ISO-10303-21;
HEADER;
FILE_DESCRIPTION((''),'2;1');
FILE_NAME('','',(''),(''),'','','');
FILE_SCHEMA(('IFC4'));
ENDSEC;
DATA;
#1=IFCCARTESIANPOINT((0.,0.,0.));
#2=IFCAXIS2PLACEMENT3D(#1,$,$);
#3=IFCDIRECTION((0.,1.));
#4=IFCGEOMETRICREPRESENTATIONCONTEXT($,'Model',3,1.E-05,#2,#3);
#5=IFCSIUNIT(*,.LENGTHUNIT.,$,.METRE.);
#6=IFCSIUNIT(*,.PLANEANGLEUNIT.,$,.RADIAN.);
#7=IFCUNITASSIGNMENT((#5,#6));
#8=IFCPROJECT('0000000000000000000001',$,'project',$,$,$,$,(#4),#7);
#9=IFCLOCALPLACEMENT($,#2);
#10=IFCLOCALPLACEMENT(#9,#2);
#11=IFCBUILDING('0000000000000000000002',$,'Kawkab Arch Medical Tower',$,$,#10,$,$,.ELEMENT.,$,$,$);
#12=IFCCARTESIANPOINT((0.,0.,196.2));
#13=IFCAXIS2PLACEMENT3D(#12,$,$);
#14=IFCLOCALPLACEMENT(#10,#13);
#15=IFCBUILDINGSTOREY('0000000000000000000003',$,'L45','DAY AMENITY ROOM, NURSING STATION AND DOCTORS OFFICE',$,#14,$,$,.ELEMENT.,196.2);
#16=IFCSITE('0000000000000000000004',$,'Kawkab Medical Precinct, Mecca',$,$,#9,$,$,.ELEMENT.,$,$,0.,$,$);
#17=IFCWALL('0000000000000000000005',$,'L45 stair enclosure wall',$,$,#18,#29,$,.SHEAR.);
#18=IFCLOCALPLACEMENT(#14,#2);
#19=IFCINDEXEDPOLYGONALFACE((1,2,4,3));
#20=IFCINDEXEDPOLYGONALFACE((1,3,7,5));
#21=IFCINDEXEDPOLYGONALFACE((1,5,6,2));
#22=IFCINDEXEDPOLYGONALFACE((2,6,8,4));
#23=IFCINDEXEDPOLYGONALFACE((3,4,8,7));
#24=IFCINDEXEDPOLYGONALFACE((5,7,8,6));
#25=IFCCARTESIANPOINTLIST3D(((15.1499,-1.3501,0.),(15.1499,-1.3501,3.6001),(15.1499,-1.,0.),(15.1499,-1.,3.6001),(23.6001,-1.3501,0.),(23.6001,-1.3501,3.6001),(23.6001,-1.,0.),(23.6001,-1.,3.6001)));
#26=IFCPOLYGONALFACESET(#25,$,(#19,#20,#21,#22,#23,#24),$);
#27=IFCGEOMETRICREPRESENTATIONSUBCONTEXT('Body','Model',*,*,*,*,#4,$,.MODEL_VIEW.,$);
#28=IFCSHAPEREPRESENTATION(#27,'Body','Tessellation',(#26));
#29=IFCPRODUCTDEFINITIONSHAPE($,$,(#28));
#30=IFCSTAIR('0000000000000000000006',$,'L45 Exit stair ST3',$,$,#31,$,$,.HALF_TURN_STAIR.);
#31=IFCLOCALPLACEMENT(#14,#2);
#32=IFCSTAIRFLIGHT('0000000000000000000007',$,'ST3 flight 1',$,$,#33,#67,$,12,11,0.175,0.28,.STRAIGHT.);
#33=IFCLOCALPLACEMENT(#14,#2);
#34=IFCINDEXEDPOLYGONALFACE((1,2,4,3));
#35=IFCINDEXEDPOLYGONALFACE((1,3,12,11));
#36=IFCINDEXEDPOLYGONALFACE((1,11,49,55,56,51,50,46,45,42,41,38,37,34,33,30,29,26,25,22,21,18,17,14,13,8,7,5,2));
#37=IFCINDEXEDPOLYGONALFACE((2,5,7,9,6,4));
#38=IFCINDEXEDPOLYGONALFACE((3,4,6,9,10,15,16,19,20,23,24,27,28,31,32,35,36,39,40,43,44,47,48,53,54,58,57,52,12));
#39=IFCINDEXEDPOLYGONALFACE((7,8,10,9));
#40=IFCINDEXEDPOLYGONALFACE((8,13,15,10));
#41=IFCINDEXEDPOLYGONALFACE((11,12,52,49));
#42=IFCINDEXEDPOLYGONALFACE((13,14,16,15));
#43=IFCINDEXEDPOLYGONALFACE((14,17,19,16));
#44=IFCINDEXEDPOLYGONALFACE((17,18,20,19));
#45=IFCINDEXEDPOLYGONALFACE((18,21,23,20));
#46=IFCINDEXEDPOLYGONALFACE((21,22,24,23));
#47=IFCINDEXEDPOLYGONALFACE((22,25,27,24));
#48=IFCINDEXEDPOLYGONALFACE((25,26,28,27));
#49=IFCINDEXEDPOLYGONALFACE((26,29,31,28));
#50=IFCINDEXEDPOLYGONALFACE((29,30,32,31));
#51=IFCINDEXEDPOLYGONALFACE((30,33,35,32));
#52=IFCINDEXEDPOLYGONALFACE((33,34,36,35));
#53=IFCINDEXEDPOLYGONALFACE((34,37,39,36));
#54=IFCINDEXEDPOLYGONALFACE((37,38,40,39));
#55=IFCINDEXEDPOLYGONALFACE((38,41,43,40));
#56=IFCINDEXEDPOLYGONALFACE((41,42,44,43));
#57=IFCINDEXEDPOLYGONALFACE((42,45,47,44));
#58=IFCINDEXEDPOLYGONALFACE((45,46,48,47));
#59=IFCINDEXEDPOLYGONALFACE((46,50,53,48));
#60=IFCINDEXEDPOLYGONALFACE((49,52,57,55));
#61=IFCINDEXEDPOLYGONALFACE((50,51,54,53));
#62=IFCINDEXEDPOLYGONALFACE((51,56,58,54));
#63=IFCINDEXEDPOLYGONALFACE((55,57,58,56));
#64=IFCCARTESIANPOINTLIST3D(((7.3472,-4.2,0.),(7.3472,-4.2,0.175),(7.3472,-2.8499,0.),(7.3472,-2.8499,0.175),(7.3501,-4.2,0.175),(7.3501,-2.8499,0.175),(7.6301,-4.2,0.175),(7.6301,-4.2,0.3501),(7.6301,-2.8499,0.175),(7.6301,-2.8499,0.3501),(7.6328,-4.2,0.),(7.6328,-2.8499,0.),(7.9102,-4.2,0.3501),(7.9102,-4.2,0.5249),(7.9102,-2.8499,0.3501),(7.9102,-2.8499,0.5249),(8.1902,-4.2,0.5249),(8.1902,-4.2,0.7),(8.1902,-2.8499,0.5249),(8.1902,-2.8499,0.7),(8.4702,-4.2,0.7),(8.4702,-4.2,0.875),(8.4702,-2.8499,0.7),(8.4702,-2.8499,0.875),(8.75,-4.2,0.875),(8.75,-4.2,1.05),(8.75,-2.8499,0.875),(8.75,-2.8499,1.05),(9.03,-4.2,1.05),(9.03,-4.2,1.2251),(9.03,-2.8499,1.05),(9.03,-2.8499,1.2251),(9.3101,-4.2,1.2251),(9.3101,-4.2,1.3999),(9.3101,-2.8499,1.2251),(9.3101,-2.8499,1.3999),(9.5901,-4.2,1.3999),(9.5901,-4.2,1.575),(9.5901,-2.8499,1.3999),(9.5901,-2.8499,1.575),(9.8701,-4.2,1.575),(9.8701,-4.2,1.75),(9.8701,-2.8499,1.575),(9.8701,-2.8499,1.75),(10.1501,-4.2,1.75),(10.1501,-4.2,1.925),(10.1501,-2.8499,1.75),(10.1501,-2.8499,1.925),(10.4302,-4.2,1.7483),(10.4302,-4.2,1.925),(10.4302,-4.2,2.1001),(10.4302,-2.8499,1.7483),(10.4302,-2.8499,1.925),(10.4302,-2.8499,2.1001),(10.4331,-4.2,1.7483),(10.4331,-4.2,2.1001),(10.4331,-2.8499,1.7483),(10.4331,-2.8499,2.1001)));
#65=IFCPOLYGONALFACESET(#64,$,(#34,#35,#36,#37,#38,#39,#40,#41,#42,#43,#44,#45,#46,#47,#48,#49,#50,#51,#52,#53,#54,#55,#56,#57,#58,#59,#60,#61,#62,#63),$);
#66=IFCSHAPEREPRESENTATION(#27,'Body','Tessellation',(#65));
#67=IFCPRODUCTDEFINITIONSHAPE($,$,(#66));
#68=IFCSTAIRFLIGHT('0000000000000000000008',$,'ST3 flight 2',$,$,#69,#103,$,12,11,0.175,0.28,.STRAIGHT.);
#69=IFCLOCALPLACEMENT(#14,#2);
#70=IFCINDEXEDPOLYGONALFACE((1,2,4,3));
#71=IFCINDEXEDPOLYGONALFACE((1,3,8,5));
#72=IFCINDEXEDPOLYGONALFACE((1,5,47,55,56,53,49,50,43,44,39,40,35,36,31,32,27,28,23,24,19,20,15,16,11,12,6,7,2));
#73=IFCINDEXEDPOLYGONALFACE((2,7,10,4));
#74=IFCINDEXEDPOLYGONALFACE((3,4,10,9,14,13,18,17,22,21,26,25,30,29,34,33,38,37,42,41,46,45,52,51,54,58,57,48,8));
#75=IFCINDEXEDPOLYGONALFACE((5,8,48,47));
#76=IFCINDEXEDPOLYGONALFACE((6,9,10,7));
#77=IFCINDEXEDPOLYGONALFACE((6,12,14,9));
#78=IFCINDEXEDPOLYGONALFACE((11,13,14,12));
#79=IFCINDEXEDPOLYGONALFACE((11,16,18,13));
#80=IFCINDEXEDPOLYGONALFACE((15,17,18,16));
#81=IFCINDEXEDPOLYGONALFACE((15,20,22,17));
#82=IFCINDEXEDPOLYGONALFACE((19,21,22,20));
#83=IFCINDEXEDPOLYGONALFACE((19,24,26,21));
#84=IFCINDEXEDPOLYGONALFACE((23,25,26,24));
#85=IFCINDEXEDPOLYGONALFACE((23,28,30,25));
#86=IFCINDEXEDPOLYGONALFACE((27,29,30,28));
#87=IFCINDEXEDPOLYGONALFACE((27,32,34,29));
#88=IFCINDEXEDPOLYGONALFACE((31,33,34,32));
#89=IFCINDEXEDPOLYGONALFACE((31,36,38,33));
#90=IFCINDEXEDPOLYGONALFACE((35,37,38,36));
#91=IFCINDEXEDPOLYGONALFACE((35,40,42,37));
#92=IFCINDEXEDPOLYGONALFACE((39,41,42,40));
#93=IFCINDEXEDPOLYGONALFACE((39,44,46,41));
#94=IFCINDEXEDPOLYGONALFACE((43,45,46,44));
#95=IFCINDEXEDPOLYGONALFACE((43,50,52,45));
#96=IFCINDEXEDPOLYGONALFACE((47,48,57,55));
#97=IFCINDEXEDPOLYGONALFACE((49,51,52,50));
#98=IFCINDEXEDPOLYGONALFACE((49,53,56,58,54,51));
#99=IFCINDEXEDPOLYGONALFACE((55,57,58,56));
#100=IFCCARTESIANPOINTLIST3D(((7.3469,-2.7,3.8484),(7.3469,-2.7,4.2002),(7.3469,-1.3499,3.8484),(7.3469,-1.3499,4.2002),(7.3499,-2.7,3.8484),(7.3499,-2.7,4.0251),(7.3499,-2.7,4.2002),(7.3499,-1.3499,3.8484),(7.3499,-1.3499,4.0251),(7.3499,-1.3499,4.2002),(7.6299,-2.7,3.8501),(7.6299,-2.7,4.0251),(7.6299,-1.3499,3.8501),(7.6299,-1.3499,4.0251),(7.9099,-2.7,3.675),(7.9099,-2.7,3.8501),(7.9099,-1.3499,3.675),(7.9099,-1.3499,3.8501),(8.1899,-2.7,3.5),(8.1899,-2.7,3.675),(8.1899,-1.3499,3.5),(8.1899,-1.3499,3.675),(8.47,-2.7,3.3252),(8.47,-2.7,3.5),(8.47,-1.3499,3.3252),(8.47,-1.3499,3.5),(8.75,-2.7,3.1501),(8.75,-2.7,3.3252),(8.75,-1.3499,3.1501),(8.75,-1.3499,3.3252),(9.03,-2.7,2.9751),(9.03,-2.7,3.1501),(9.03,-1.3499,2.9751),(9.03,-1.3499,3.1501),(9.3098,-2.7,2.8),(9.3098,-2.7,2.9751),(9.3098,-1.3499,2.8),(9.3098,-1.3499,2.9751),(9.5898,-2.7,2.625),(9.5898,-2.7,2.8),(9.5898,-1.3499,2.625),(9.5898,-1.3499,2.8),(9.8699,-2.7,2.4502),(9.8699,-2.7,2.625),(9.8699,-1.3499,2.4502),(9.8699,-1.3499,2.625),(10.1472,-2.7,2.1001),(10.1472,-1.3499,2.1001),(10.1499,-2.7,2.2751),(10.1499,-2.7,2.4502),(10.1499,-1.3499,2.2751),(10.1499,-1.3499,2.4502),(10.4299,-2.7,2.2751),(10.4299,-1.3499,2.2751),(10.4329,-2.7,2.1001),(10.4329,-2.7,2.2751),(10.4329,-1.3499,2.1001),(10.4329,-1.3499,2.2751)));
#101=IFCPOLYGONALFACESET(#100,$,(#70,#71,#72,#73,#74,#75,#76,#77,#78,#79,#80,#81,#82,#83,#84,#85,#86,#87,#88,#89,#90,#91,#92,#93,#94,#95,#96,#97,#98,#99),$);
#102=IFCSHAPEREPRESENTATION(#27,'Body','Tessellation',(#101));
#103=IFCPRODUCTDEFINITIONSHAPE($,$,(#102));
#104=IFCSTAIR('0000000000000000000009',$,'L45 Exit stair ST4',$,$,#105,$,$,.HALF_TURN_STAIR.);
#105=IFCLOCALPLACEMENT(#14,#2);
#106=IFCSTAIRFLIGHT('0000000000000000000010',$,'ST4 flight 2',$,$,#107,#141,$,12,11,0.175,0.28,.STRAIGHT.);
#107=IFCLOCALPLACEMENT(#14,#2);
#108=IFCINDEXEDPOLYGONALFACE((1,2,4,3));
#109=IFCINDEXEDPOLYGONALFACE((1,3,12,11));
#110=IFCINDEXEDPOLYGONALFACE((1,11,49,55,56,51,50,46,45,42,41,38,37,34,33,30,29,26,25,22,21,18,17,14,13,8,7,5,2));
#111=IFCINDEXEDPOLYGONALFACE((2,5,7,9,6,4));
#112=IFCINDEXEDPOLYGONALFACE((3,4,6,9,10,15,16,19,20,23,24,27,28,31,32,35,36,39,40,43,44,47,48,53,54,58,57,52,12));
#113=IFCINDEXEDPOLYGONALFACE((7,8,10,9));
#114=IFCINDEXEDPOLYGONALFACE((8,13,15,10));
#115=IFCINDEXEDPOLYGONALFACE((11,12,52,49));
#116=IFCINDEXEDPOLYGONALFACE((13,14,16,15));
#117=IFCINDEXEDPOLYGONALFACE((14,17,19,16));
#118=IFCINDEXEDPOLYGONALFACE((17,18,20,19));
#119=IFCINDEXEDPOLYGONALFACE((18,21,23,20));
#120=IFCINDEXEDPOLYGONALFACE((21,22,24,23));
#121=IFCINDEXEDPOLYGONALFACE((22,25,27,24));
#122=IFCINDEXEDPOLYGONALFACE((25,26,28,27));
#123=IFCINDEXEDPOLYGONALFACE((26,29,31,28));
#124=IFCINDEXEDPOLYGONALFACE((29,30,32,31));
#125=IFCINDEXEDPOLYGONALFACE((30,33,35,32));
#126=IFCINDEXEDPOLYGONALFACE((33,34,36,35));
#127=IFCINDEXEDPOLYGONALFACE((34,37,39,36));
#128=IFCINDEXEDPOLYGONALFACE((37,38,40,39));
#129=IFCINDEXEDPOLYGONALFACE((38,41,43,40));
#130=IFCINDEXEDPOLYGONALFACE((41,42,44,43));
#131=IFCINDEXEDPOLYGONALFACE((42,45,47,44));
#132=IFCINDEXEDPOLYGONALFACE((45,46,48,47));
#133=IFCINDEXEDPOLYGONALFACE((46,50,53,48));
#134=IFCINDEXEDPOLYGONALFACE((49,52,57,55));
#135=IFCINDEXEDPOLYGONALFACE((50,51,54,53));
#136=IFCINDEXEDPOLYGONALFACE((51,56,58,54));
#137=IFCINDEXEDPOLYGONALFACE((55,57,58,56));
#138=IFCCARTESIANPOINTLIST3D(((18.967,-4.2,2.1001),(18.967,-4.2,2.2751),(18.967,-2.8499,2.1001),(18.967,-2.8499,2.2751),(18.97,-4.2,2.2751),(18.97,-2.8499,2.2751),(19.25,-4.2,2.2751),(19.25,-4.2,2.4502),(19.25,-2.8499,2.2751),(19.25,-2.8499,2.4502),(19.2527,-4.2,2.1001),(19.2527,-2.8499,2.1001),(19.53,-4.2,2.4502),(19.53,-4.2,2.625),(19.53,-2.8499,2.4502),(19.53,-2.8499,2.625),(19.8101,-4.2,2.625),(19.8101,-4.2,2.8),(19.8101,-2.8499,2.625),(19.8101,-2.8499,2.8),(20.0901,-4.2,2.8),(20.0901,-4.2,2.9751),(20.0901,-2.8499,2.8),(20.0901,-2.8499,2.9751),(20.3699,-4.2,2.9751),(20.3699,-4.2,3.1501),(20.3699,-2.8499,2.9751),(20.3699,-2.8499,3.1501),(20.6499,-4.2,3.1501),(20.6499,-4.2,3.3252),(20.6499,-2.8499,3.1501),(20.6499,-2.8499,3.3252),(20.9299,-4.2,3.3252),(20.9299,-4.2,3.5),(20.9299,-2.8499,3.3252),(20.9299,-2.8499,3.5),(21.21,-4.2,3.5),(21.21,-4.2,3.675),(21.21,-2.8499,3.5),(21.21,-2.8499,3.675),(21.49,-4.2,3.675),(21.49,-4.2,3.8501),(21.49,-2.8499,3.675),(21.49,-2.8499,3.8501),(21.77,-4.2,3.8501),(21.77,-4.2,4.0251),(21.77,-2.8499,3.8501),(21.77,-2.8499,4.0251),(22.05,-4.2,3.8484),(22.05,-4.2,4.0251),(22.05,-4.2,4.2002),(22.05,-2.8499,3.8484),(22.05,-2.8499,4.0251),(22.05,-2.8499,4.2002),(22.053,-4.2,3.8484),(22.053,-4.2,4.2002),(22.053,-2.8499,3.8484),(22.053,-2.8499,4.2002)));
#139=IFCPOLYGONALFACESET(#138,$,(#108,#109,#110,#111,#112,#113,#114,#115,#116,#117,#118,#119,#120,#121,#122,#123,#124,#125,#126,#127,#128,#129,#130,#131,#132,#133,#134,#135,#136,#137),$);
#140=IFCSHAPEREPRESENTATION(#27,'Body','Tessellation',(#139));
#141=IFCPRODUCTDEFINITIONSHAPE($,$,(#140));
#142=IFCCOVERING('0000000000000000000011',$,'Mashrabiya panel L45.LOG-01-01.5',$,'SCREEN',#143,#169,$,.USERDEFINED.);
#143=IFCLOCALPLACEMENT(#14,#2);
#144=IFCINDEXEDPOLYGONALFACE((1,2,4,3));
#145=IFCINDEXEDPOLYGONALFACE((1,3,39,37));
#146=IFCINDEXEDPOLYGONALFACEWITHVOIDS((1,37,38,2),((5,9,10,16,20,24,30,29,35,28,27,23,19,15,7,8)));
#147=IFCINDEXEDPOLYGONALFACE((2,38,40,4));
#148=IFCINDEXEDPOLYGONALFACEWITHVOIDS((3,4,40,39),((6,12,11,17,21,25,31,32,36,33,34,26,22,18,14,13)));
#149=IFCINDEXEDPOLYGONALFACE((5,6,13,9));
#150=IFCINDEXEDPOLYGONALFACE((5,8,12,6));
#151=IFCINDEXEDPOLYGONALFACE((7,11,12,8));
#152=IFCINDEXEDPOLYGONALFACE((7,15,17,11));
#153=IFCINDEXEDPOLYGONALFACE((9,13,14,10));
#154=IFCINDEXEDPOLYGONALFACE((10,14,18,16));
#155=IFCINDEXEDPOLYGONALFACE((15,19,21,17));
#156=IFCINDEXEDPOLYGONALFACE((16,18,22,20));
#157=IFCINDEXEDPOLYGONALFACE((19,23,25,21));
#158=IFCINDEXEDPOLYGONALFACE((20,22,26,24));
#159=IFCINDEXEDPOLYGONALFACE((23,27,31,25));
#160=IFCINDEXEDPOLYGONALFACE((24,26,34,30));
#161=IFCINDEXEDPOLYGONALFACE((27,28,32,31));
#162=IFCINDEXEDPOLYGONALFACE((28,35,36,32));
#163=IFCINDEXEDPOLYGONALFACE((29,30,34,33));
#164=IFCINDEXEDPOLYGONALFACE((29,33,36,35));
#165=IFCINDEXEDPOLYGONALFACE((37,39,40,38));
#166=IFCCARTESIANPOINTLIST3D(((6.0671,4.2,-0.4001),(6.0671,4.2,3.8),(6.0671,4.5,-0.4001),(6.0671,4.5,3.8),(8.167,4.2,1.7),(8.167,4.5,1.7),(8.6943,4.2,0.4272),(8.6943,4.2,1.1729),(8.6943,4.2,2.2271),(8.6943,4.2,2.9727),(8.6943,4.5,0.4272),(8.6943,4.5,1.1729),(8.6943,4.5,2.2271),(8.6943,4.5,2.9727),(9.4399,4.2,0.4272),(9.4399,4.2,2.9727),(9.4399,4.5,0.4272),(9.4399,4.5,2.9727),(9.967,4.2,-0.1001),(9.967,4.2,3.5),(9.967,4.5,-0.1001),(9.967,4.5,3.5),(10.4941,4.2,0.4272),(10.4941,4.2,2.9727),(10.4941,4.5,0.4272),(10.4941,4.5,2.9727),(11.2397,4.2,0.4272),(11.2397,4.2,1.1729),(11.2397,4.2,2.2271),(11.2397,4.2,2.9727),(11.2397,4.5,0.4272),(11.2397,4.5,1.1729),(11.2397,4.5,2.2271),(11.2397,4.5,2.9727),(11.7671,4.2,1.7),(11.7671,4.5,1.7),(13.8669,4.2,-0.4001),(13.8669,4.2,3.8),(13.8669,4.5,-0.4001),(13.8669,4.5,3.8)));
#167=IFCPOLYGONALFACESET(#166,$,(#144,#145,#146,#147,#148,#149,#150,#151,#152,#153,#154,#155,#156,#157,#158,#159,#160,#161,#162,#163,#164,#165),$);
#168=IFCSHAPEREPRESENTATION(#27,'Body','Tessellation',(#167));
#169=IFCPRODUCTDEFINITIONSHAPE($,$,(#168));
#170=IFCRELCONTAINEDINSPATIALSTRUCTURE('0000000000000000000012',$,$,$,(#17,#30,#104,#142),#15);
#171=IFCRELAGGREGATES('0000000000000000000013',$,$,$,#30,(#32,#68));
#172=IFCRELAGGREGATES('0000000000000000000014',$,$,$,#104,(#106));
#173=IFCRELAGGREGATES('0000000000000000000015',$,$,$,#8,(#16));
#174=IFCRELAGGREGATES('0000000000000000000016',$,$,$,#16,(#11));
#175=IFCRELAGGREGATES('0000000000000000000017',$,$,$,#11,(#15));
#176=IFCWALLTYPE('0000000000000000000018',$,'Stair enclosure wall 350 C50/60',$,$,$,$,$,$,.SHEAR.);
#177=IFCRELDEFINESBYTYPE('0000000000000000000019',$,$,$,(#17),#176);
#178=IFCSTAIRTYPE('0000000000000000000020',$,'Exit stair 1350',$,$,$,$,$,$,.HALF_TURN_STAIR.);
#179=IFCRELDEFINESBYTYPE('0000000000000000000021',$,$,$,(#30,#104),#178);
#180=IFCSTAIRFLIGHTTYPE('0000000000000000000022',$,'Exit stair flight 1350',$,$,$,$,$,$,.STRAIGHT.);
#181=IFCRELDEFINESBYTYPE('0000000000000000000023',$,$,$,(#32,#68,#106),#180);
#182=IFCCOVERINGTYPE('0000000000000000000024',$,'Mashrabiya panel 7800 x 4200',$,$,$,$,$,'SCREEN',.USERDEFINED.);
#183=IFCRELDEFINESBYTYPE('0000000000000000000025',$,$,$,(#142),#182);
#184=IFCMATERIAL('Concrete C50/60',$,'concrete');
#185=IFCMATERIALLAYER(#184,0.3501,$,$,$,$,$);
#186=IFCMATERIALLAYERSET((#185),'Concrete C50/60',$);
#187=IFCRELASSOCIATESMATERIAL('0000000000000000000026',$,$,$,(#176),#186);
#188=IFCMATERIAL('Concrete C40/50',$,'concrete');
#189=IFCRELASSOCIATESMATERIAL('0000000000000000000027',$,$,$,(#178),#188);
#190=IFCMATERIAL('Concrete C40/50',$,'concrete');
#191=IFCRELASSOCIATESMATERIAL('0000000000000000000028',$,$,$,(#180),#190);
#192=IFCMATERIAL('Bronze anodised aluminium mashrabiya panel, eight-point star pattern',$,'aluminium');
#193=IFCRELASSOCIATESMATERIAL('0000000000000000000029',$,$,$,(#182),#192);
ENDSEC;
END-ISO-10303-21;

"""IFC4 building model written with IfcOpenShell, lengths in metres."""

from ifc_helpers import new_model, si_unit, direction, frame, frame_2d, origin, place, context, subcontext, project, spatial, polyline, rectangle, outline, extrude, material, layer, layer_set, material_profile, profile_set, type_object, element, aggregate, save


model = new_model("IFC4")

# Units and contexts
model_context = context("Model", 3, precision=1e-05, world=origin(), true_north=direction((0.0, 1.0)))
body_context = subcontext(model_context, "Body", "Model", "MODEL_VIEW")
ifc_project = project(units=[si_unit("LENGTHUNIT", "METRE"), si_unit("PLANEANGLEUNIT", "RADIAN")], contexts=[model_context])

# Site, building, storey
site_placement = place(None, origin())
site = spatial("IfcSite", under=ifc_project, at=site_placement, Name="Kawkab Medical Precinct, Mecca", CompositionType="ELEMENT", RefElevation=0.0)
building_placement = place(site_placement, origin())
building = spatial("IfcBuilding", under=site, at=building_placement, Name="Kawkab Arch Medical Tower", CompositionType="ELEMENT")
storey_placement = place(building_placement, frame((0.0, 0.0, 196.2)))
storey = spatial("IfcBuildingStorey", under=building, at=storey_placement, Name="L45", Description="DAY AMENITY ROOM, NURSING STATION AND DOCTORS OFFICE", CompositionType="ELEMENT", Elevation=196.2)

# Shared definitions
placement = place(storey_placement, origin())

# Wall
ifc_material_1 = material(Name="Concrete C50/60", Category="concrete")
ifc_layer_1 = layer(ifc_material_1, 0.3501)
ifc_layer_set_1 = layer_set([ifc_layer_1], Name="Concrete C50/60")
wall_type_1 = type_object("IfcWallType", Name="Stair enclosure wall 350 C50/60", PredefinedType="SHEAR", material=ifc_layer_set_1)
wall_placement = place(storey_placement, frame((15.1499, -1.175, 0.0), z_axis=(0.0, 0.0, 1.0), x_axis=(1.0, 0.0, 0.0)))
element("IfcWall", 1, at=wall_placement, inside=storey, type_object=wall_type_1, Name="L45 stair enclosure wall", PredefinedType="SHEAR", context=body_context, shape_type="SweptSolid", body=[
    extrude(rectangle(XDim=8.4502, YDim=0.3501, at=frame_2d((4.2251, 0.0))), origin(), (0.0, 0.0, 1.0), 3.6001),
])

# Stair, stair flights
ifc_material_2 = material(Name="Concrete C40/50", Category="concrete")
stair_type = type_object("IfcStairType", Name="Exit stair 1350", PredefinedType="HALF_TURN_STAIR", material=ifc_material_2)
stair_1 = element("IfcStair", 2, at=placement, inside=storey, type_object=stair_type, Name="L45 Exit stair ST3", PredefinedType="HALF_TURN_STAIR")
ifc_material_3 = material(Name="Concrete C40/50", Category="concrete")
stair_flight_type = type_object("IfcStairFlightType", Name="Exit stair flight 1350", PredefinedType="STRAIGHT", material=ifc_material_3)
stair_flight_1_placement = place(storey_placement, frame((7.3501, -3.5249, 0.0), z_axis=(0.0, 0.0, 1.0), x_axis=(1.0, 0.0, 0.0)))
stair_flight_1 = element("IfcStairFlight", 3, at=stair_flight_1_placement, type_object=stair_flight_type, Name="ST3 flight 1", NumberOfRisers=12, NumberOfTreads=11, PredefinedType="STRAIGHT", RiserHeight=0.175, TreadLength=0.28, context=body_context, shape_type="SweptSolid", body=[
    extrude(outline(polyline([(-0.0029, 0.0), (-0.0029, 0.175), (0.0, 0.175), (0.28, 0.175), (0.28, 0.3501), (0.5601, 0.3501), (0.5601, 0.5249), (0.8401, 0.5249), (0.8401, 0.7), (1.1201, 0.7), (1.1201, 0.875), (1.3999, 0.875), (1.3999, 1.05), (1.6799, 1.05), (1.6799, 1.2251), (1.96, 1.2251), (1.96, 1.3999), (2.24, 1.3999), (2.24, 1.575), (2.52, 1.575), (2.52, 1.75), (2.8, 1.75), (2.8, 1.925), (3.0801, 1.925), (3.0801, 2.1001), (3.083, 2.1001), (3.083, 1.7483), (3.0801, 1.7483), (0.2827, 0.0), (-0.0029, 0.0)])), frame((0.0, 0.675, 0.0), z_axis=(0.0, -1.0, 0.0), x_axis=(1.0, 0.0, 0.0)), (0.0, 0.0, 1.0), 1.3501),
])
stair_flight_2_placement = place(storey_placement, frame((10.4299, -2.0249, 2.1001), z_axis=(0.0, 0.0, 1.0), x_axis=(-1.0, 0.0, 0.0)))
stair_flight_2 = element("IfcStairFlight", 4, at=stair_flight_2_placement, type_object=stair_flight_type, Name="ST3 flight 2", NumberOfRisers=12, NumberOfTreads=11, PredefinedType="STRAIGHT", RiserHeight=0.175, TreadLength=0.28, context=body_context, shape_type="SweptSolid", body=[
    extrude(outline(polyline([(-0.0029, 0.0), (-0.0029, 0.175), (0.0, 0.175), (0.28, 0.175), (0.28, 0.3501), (0.5601, 0.3501), (0.5601, 0.5249), (0.8401, 0.5249), (0.8401, 0.7), (1.1201, 0.7), (1.1201, 0.875), (1.3999, 0.875), (1.3999, 1.05), (1.6799, 1.05), (1.6799, 1.2251), (1.96, 1.2251), (1.96, 1.3999), (2.24, 1.3999), (2.24, 1.575), (2.52, 1.575), (2.52, 1.75), (2.8, 1.75), (2.8, 1.925), (3.0801, 1.925), (3.0801, 2.1001), (3.083, 2.1001), (3.083, 1.7483), (3.0801, 1.7483), (0.2827, 0.0), (-0.0029, 0.0)])), frame((0.0, 0.675, 0.0), z_axis=(0.0, -1.0, 0.0), x_axis=(1.0, 0.0, 0.0)), (0.0, 0.0, 1.0), 1.3501),
])
aggregate(stair_1, [stair_flight_1, stair_flight_2])

# Stair, stair flight
stair_2 = element("IfcStair", 5, at=placement, inside=storey, type_object=stair_type, Name="L45 Exit stair ST4", PredefinedType="HALF_TURN_STAIR")
stair_flight_3_placement = place(storey_placement, frame((18.97, -3.5249, 2.1001), z_axis=(0.0, 0.0, 1.0), x_axis=(1.0, 0.0, 0.0)))
stair_flight_3 = element("IfcStairFlight", 6, at=stair_flight_3_placement, type_object=stair_flight_type, Name="ST4 flight 2", NumberOfRisers=12, NumberOfTreads=11, PredefinedType="STRAIGHT", RiserHeight=0.175, TreadLength=0.28, context=body_context, shape_type="SweptSolid", body=[
    extrude(outline(polyline([(-0.0029, 0.0), (-0.0029, 0.175), (0.0, 0.175), (0.28, 0.175), (0.28, 0.3501), (0.5601, 0.3501), (0.5601, 0.5249), (0.8401, 0.5249), (0.8401, 0.7), (1.1201, 0.7), (1.1201, 0.875), (1.3999, 0.875), (1.3999, 1.05), (1.6799, 1.05), (1.6799, 1.2251), (1.96, 1.2251), (1.96, 1.3999), (2.24, 1.3999), (2.24, 1.575), (2.52, 1.575), (2.52, 1.75), (2.8, 1.75), (2.8, 1.925), (3.0801, 1.925), (3.0801, 2.1001), (3.083, 2.1001), (3.083, 1.7483), (3.0801, 1.7483), (0.2827, 0.0), (-0.0029, 0.0)])), frame((0.0, 0.675, 0.0), z_axis=(0.0, -1.0, 0.0), x_axis=(1.0, 0.0, 0.0)), (0.0, 0.0, 1.0), 1.3501),
])
aggregate(stair_2, [stair_flight_3])

# Covering
ifc_material_4 = material(Name="Bronze anodised aluminium mashrabiya panel, eight-point star pattern", Category="aluminium")
ifc_material_profile_1 = material_profile(ifc_material_4, outline(polyline([(-3.8999, -2.1001), (3.8999, -2.1001), (3.8999, 2.1001), (-3.8999, 2.1001), (-3.8999, -2.1001)]), holes=[polyline([(1.8, 0.0), (1.2727, 0.5271), (1.2727, 1.2727), (0.5271, 1.2727), (0.0, 1.8), (-0.5271, 1.2727), (-1.2727, 1.2727), (-1.2727, 0.5271), (-1.8, 0.0), (-1.2727, -0.5271), (-1.2727, -1.2727), (-0.5271, -1.2727), (0.0, -1.8), (0.5271, -1.2727), (1.2727, -1.2727), (1.2727, -0.5271), (1.8, 0.0)])]), Name="Mashrabiya panel 7800x4200")
ifc_profile_set_1 = profile_set([ifc_material_profile_1], Name="Bronze anodised aluminium mashrabiya panel, eight-point star pattern")
covering_type_1 = type_object("IfcCoveringType", Name="Mashrabiya panel 7800 x 4200", ElementType="SCREEN", PredefinedType="USERDEFINED", material=ifc_profile_set_1)
covering_1_placement = place(storey_placement, frame((9.967, 4.2, 1.7), z_axis=(0.0, 1.0, 0.0), x_axis=(-1.0, 0.0, 0.0)))
element("IfcCovering", 7, at=covering_1_placement, inside=storey, type_object=covering_type_1, Name="Mashrabiya panel L45.LOG-01-01.5", ObjectType="SCREEN", PredefinedType="USERDEFINED", context=body_context, shape_type="SweptSolid", body=[
    extrude(outline(polyline([(-3.8999, -2.1001), (3.8999, -2.1001), (3.8999, 2.1001), (-3.8999, 2.1001), (-3.8999, -2.1001)]), holes=[polyline([(1.8, 0.0), (1.2727, 0.5271), (1.2727, 1.2727), (0.5271, 1.2727), (0.0, 1.8), (-0.5271, 1.2727), (-1.2727, 1.2727), (-1.2727, 0.5271), (-1.8, 0.0), (-1.2727, -0.5271), (-1.2727, -1.2727), (-0.5271, -1.2727), (0.0, -1.8), (0.5271, -1.2727), (1.2727, -1.2727), (1.2727, -0.5271), (1.8, 0.0)])]), origin(), (0.0, 0.0, 1.0), 0.3),
])

save(model, "model.ifc")
